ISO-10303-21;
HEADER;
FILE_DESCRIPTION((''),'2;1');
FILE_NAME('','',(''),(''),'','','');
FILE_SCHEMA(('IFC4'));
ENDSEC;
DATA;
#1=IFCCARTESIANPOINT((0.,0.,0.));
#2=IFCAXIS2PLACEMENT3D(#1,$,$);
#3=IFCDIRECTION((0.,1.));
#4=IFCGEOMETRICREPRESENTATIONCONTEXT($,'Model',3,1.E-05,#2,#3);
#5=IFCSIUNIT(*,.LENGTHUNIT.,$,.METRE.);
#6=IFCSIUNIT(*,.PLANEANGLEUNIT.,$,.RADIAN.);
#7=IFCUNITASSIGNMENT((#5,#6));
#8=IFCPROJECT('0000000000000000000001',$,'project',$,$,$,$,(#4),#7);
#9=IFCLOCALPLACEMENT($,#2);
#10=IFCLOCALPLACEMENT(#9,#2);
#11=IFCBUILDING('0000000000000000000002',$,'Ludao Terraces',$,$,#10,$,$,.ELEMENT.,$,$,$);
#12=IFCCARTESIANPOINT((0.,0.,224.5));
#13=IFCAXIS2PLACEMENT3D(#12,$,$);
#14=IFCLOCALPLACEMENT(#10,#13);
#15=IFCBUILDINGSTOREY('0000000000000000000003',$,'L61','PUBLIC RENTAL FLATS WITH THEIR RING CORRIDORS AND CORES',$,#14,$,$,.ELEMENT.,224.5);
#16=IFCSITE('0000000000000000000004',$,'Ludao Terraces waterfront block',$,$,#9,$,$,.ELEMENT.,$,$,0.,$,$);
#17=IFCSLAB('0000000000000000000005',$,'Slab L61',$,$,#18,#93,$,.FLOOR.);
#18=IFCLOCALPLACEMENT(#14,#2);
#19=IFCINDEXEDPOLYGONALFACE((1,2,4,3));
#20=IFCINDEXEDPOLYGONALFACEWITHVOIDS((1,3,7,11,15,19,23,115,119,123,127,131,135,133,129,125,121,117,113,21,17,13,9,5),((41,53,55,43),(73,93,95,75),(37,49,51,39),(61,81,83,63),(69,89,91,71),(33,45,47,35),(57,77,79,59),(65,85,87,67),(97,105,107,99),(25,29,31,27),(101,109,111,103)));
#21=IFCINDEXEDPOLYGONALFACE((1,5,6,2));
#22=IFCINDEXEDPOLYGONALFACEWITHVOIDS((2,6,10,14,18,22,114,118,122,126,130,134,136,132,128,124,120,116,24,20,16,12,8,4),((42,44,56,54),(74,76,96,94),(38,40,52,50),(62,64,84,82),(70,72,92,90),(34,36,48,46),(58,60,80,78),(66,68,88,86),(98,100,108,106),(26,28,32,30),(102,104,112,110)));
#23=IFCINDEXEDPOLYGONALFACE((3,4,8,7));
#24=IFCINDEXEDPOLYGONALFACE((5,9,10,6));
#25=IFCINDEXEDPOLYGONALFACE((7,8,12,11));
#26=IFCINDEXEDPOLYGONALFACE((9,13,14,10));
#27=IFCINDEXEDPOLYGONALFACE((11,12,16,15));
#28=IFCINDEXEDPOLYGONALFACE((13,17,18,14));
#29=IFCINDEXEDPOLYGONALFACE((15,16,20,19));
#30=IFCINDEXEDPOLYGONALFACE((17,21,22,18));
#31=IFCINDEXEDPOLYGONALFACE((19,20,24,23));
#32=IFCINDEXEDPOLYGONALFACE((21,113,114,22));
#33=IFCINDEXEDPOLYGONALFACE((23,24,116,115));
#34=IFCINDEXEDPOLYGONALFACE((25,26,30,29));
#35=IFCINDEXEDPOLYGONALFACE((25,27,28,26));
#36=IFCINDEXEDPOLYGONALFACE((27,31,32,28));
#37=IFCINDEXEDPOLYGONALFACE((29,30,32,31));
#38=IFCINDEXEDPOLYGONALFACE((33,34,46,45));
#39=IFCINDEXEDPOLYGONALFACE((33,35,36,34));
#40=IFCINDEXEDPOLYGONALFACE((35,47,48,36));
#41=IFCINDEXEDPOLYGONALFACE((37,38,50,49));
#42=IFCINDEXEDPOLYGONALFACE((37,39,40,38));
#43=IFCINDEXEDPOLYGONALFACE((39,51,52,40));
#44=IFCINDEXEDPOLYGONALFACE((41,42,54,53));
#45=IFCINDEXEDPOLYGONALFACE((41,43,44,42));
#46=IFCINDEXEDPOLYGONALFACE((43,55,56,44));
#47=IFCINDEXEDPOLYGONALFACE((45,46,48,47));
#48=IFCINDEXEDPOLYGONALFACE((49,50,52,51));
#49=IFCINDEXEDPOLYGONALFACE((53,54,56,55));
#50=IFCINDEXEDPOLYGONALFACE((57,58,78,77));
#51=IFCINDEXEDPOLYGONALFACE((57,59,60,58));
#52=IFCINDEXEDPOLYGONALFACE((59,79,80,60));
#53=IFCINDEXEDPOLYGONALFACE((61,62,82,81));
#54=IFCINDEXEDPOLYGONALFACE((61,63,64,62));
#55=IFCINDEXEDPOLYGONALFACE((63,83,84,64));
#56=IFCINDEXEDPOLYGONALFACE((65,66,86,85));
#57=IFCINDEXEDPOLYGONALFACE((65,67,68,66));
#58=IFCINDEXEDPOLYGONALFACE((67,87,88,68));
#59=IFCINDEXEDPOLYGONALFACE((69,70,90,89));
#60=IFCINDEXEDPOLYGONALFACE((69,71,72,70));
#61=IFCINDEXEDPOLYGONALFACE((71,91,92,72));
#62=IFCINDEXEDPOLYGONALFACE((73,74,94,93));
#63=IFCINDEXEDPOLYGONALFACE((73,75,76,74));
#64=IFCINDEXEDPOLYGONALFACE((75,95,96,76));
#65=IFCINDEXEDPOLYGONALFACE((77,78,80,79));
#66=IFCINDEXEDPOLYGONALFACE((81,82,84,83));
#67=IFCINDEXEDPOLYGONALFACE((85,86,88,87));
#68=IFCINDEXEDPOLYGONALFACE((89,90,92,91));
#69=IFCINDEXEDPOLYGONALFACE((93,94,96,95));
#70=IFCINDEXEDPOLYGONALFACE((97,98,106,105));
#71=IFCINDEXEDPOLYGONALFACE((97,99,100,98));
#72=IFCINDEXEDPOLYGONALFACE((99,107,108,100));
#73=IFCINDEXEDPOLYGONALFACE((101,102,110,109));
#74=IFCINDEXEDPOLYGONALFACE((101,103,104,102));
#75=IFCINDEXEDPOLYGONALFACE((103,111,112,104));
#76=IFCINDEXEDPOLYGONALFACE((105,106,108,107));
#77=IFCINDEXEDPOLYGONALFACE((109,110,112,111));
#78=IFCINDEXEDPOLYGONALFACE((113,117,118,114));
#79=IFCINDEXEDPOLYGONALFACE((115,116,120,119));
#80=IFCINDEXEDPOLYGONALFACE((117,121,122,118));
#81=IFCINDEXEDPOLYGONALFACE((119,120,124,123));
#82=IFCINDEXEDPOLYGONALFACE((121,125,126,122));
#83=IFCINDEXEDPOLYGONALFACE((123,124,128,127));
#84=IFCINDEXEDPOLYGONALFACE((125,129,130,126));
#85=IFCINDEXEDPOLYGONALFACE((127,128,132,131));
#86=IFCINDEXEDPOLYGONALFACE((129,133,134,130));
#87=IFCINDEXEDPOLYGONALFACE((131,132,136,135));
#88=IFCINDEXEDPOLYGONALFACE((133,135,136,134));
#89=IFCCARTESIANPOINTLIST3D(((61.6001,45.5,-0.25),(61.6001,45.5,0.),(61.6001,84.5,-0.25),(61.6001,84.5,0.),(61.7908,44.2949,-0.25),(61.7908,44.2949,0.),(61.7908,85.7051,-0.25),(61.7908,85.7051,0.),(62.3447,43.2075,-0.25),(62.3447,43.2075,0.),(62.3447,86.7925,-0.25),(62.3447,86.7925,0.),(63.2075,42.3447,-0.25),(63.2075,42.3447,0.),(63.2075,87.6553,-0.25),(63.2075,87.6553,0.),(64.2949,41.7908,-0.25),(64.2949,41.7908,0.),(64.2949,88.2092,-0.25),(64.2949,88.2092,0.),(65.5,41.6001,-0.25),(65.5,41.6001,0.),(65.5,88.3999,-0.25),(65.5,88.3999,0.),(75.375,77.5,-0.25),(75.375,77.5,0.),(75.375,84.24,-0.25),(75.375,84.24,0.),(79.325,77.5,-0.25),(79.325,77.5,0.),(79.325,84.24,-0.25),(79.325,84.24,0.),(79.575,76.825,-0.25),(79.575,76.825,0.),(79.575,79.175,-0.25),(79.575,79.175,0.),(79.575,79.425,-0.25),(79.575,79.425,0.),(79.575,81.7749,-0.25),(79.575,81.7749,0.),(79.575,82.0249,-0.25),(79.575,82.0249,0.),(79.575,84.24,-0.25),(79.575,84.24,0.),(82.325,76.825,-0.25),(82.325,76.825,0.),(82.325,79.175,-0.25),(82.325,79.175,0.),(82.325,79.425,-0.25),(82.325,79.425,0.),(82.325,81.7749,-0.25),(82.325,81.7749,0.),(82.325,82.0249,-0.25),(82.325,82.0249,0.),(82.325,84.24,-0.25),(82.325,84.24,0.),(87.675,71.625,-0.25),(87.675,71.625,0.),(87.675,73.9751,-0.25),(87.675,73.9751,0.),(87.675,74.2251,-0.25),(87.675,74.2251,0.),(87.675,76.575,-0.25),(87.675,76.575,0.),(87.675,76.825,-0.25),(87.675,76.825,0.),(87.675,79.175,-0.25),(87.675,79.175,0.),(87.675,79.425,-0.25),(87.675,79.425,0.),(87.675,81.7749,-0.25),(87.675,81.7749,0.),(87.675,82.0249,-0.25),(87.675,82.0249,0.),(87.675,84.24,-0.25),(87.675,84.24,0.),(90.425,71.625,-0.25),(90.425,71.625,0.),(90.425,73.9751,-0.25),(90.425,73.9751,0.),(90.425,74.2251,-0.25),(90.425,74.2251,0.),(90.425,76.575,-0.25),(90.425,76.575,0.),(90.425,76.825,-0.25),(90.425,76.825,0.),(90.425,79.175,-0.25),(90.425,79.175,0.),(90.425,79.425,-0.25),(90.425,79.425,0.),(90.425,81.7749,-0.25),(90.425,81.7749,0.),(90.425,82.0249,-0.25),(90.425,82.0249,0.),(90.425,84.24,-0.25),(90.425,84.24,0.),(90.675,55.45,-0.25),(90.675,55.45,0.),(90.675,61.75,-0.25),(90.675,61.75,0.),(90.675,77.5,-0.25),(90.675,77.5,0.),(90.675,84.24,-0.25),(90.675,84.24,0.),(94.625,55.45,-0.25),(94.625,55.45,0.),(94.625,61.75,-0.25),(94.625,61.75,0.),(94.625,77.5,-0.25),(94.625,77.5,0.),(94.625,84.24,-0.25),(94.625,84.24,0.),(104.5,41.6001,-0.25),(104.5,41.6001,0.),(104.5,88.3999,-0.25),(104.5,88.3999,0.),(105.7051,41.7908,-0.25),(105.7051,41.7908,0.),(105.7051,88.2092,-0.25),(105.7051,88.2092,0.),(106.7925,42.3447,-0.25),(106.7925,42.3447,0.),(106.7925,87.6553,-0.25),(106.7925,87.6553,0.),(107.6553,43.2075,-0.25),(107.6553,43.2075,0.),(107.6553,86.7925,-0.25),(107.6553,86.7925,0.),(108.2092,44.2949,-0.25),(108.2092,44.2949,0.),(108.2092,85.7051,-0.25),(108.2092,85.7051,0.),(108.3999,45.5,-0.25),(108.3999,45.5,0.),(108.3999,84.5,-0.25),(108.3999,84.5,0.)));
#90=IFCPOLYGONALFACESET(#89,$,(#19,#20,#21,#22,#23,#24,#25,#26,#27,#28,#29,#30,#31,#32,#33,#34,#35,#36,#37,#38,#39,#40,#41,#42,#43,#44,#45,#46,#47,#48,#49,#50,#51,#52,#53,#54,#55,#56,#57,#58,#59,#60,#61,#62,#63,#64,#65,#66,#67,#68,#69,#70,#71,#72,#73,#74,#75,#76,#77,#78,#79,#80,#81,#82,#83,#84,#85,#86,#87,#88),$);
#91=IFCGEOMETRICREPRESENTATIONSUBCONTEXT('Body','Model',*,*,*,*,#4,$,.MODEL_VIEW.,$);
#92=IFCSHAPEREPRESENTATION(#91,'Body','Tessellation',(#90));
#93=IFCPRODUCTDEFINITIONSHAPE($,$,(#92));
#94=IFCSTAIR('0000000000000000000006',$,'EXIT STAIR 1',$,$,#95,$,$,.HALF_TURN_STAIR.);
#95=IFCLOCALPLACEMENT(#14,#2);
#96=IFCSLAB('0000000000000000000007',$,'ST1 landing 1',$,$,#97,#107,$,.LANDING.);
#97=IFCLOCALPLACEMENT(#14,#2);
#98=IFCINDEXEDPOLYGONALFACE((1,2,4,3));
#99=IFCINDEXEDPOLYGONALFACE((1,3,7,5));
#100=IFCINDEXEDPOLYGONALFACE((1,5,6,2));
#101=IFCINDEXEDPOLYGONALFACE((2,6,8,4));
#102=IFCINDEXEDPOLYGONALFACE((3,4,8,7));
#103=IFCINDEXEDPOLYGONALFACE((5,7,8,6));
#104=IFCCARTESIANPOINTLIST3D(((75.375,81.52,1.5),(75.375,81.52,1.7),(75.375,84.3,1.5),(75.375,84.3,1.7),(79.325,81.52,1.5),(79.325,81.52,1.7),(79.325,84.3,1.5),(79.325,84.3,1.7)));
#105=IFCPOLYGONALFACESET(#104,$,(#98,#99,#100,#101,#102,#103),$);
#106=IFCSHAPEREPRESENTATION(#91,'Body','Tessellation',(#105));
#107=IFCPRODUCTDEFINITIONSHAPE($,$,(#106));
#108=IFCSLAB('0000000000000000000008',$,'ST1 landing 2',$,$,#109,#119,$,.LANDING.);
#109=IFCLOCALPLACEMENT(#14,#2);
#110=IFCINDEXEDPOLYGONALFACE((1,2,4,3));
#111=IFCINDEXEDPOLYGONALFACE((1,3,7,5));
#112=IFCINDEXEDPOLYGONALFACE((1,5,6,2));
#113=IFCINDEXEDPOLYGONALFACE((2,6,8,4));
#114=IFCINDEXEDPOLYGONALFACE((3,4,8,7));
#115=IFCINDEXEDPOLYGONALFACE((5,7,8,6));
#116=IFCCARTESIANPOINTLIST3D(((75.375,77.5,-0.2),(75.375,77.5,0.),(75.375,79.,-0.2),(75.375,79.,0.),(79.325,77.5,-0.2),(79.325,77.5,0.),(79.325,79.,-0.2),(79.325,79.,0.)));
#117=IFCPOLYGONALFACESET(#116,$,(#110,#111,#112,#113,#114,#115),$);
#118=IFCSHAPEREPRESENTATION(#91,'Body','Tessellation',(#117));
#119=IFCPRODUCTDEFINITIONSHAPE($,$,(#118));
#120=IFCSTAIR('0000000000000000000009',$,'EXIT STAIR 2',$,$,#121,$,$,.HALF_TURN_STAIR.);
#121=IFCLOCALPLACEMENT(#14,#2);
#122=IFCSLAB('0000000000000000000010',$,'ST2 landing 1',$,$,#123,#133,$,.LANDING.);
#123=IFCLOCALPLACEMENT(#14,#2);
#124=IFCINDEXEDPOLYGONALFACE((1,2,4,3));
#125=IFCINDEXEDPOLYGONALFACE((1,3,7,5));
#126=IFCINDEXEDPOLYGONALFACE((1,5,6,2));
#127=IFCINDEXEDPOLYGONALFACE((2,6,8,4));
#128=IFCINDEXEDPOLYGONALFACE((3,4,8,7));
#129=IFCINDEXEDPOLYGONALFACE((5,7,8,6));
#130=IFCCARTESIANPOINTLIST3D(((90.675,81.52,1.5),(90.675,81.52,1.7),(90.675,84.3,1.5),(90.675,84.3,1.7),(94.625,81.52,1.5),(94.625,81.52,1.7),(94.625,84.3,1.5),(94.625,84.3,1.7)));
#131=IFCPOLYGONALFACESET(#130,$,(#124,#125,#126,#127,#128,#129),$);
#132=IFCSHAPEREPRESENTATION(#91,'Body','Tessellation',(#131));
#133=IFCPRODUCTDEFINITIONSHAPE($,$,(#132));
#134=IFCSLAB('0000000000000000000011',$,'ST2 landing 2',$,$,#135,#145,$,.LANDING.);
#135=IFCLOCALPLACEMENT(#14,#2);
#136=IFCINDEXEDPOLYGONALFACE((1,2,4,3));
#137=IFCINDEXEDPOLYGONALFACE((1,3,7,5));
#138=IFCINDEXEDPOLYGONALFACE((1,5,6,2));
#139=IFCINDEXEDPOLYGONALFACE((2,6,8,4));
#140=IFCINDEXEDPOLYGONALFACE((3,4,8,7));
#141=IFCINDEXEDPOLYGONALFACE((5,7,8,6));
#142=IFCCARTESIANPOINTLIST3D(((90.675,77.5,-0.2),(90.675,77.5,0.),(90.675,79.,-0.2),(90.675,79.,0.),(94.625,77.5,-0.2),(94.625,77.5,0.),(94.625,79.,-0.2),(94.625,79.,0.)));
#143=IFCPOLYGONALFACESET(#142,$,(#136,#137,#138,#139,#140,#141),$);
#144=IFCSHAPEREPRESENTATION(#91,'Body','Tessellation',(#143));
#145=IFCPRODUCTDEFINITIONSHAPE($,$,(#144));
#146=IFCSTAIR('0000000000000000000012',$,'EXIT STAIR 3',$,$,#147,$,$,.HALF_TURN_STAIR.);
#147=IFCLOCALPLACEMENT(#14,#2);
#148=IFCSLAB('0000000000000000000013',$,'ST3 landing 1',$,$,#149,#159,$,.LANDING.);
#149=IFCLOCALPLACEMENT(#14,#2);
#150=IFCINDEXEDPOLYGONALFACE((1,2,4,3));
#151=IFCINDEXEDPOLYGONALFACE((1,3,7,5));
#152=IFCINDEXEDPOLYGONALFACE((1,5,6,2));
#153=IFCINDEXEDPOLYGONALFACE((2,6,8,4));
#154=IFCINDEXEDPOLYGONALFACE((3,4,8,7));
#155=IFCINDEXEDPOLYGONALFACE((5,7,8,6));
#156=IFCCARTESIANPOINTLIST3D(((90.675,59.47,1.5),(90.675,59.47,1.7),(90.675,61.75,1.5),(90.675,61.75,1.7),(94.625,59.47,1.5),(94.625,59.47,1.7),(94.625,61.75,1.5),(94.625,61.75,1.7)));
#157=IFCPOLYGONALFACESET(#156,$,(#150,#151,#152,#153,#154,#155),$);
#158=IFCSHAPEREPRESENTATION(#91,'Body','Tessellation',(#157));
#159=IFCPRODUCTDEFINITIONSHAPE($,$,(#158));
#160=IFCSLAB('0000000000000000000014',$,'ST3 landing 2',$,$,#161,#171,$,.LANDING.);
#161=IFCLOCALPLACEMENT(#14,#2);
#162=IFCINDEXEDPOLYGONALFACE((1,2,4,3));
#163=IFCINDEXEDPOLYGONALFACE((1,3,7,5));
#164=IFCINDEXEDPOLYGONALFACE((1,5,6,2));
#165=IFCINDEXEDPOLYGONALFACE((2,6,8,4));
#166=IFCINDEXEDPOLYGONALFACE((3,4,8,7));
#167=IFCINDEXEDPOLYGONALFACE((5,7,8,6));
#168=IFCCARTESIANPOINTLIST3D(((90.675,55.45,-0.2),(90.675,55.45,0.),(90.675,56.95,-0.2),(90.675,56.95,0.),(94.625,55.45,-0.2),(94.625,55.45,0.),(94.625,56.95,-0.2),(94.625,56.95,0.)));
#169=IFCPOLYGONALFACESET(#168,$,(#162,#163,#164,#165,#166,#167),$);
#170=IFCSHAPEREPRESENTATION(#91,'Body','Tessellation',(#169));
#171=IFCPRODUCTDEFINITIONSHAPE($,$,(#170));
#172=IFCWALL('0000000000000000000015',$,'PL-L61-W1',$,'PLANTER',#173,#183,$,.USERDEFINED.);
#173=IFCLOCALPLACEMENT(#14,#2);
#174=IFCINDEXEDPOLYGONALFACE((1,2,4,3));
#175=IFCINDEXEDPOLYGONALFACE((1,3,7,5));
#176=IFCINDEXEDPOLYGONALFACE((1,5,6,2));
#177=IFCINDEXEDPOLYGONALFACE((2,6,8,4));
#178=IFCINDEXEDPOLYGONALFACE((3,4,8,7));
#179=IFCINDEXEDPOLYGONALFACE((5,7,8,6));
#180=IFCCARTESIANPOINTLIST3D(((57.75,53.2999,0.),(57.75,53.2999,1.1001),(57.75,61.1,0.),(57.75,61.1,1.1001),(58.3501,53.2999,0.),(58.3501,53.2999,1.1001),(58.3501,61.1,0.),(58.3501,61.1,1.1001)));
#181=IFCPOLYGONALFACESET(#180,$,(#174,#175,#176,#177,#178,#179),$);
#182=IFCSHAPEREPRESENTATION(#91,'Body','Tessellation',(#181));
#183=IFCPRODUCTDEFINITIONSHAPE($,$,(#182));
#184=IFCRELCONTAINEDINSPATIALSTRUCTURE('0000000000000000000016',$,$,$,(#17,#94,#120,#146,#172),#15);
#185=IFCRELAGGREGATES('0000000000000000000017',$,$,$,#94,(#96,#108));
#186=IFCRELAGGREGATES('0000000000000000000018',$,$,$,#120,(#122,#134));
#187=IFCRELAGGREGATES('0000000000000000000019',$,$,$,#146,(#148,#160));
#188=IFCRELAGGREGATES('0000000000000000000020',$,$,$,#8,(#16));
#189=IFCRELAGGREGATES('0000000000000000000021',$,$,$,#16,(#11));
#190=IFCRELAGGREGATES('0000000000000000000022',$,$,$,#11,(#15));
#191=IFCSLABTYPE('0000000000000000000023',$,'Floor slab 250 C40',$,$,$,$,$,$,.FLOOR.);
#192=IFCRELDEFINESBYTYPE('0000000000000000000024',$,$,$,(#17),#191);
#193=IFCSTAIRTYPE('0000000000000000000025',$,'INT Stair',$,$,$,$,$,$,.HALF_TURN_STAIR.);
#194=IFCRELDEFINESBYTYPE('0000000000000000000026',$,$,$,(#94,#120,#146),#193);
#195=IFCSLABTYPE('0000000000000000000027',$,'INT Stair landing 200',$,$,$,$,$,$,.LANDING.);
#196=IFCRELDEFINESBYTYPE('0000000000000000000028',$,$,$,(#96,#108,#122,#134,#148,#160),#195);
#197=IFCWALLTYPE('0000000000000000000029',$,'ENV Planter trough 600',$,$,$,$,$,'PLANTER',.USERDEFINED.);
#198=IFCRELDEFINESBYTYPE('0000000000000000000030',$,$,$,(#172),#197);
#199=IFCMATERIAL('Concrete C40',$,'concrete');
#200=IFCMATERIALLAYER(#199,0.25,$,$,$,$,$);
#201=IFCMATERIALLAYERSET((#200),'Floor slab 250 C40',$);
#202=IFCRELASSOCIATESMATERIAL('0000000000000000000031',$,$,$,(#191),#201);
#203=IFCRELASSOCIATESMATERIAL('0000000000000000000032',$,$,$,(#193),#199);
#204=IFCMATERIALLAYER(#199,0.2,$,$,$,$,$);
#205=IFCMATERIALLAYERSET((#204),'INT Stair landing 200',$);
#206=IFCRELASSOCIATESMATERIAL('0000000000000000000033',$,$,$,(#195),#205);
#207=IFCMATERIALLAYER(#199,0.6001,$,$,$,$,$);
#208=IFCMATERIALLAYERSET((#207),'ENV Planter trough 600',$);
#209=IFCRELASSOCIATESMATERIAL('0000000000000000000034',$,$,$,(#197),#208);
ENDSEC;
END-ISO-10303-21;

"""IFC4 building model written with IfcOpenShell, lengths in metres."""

from ifc_helpers import new_model, si_unit, direction, frame, frame_2d, origin, place, context, subcontext, project, spatial, polyline, rectangle, outline, extrude, material, layer, layer_set, type_object, element, aggregate, save


model = new_model("IFC4")

# Units and contexts
model_context = context("Model", 3, precision=1e-05, world=origin(), true_north=direction((0.0, 1.0)))
body_context = subcontext(model_context, "Body", "Model", "MODEL_VIEW")
ifc_project = project(units=[si_unit("LENGTHUNIT", "METRE"), si_unit("PLANEANGLEUNIT", "RADIAN")], contexts=[model_context])

# Site, building, storey
site_placement = place(None, origin())
site = spatial("IfcSite", under=ifc_project, at=site_placement, Name="Ludao Terraces waterfront block", CompositionType="ELEMENT", RefElevation=0.0)
building_placement = place(site_placement, origin())
building = spatial("IfcBuilding", under=site, at=building_placement, Name="Ludao Terraces", CompositionType="ELEMENT")
storey_placement = place(building_placement, frame((0.0, 0.0, 224.5)))
storey = spatial("IfcBuildingStorey", under=building, at=storey_placement, Name="L61", Description="PUBLIC RENTAL FLATS WITH THEIR RING CORRIDORS AND CORES", CompositionType="ELEMENT", Elevation=224.5)

# Shared definitions
ifc_material_1 = material(Name="Concrete C40", Category="concrete")

# Slab
ifc_layer_1 = layer(ifc_material_1, 0.25)
ifc_layer_set_1 = layer_set([ifc_layer_1], Name="Floor slab 250 C40")
slab_type_1 = type_object("IfcSlabType", Name="Floor slab 250 C40", PredefinedType="FLOOR", material=ifc_layer_set_1)
slab_1_placement = place(storey_placement, frame((0.0, 0.0, -0.25)))
element("IfcSlab", 1, at=slab_1_placement, inside=storey, type_object=slab_type_1, Name="Slab L61", PredefinedType="FLOOR", context=body_context, shape_type="SweptSolid", body=[
    extrude(outline(polyline([(104.5, 41.6001), (105.7051, 41.7908), (106.7925, 42.3447), (107.6553, 43.2075), (108.2092, 44.2949), (108.3999, 45.5), (108.3999, 84.5), (108.2092, 85.7051), (107.6553, 86.7925), (106.7925, 87.6553), (105.7051, 88.2092), (104.5, 88.3999), (65.5, 88.3999), (64.2949, 88.2092), (63.2075, 87.6553), (62.3447, 86.7925), (61.7908, 85.7051), (61.6001, 84.5), (61.6001, 45.5), (61.7908, 44.2949), (62.3447, 43.2075), (63.2075, 42.3447), (64.2949, 41.7908), (65.5, 41.6001), (104.5, 41.6001)]), holes=[polyline([(79.575, 76.825), (82.325, 76.825), (82.325, 79.175), (79.575, 79.175), (79.575, 76.825)]), polyline([(79.575, 79.425), (82.325, 79.425), (82.325, 81.7749), (79.575, 81.7749), (79.575, 79.425)]), polyline([(79.575, 82.0249), (82.325, 82.0249), (82.325, 84.24), (79.575, 84.24), (79.575, 82.0249)]), polyline([(87.675, 71.625), (90.425, 71.625), (90.425, 73.9751), (87.675, 73.9751), (87.675, 71.625)]), polyline([(87.675, 74.2251), (90.425, 74.2251), (90.425, 76.575), (87.675, 76.575), (87.675, 74.2251)]), polyline([(87.675, 76.825), (90.425, 76.825), (90.425, 79.175), (87.675, 79.175), (87.675, 76.825)]), polyline([(87.675, 79.425), (90.425, 79.425), (90.425, 81.7749), (87.675, 81.7749), (87.675, 79.425)]), polyline([(87.675, 82.0249), (90.425, 82.0249), (90.425, 84.24), (87.675, 84.24), (87.675, 82.0249)]), polyline([(75.375, 77.5), (79.325, 77.5), (79.325, 84.24), (75.375, 84.24), (75.375, 77.5)]), polyline([(90.675, 77.5), (94.625, 77.5), (94.625, 84.24), (90.675, 84.24), (90.675, 77.5)]), polyline([(90.675, 55.45), (94.625, 55.45), (94.625, 61.75), (90.675, 61.75), (90.675, 55.45)])]), origin(), (0.0, 0.0, 1.0), 0.25),
])

# Stairs, slabs
stair_type = type_object("IfcStairType", Name="INT Stair", PredefinedType="HALF_TURN_STAIR", material=ifc_material_1)
stair_1_placement = place(storey_placement, origin())
stair_1 = element("IfcStair", 2, at=stair_1_placement, inside=storey, type_object=stair_type, Name="EXIT STAIR 1", PredefinedType="HALF_TURN_STAIR")
ifc_layer_2 = layer(ifc_material_1, 0.2)
ifc_layer_set_2 = layer_set([ifc_layer_2], Name="INT Stair landing 200")
slab_type_2 = type_object("IfcSlabType", Name="INT Stair landing 200", PredefinedType="LANDING", material=ifc_layer_set_2)
slab_2_placement = place(storey_placement, frame((0.0, 0.0, 1.5)))
slab_2 = element("IfcSlab", 3, at=slab_2_placement, type_object=slab_type_2, Name="ST1 landing 1", PredefinedType="LANDING", context=body_context, shape_type="SweptSolid", body=[
    extrude(outline(polyline([(75.375, 81.52), (79.325, 81.52), (79.325, 84.3), (75.375, 84.3), (75.375, 81.52)])), origin(), (0.0, 0.0, 1.0), 0.2),
])
slab_3_placement = place(storey_placement, frame((0.0, 0.0, -0.2)))
slab_3 = element("IfcSlab", 4, at=slab_3_placement, type_object=slab_type_2, Name="ST1 landing 2", PredefinedType="LANDING", context=body_context, shape_type="SweptSolid", body=[
    extrude(outline(polyline([(75.375, 77.5), (79.325, 77.5), (79.325, 79.0), (75.375, 79.0), (75.375, 77.5)])), origin(), (0.0, 0.0, 1.0), 0.2),
])
aggregate(stair_1, [slab_2, slab_3])
stair_2_placement = place(storey_placement, origin())
stair_2 = element("IfcStair", 5, at=stair_2_placement, inside=storey, type_object=stair_type, Name="EXIT STAIR 2", PredefinedType="HALF_TURN_STAIR")
slab_4_placement = place(storey_placement, frame((0.0, 0.0, 1.5)))
slab_4 = element("IfcSlab", 6, at=slab_4_placement, type_object=slab_type_2, Name="ST2 landing 1", PredefinedType="LANDING", context=body_context, shape_type="SweptSolid", body=[
    extrude(outline(polyline([(90.675, 81.52), (94.625, 81.52), (94.625, 84.3), (90.675, 84.3), (90.675, 81.52)])), origin(), (0.0, 0.0, 1.0), 0.2),
])
slab_5_placement = place(storey_placement, frame((0.0, 0.0, -0.2)))
slab_5 = element("IfcSlab", 7, at=slab_5_placement, type_object=slab_type_2, Name="ST2 landing 2", PredefinedType="LANDING", context=body_context, shape_type="SweptSolid", body=[
    extrude(outline(polyline([(90.675, 77.5), (94.625, 77.5), (94.625, 79.0), (90.675, 79.0), (90.675, 77.5)])), origin(), (0.0, 0.0, 1.0), 0.2),
])
aggregate(stair_2, [slab_4, slab_5])
stair_3_placement = place(storey_placement, origin())
stair_3 = element("IfcStair", 8, at=stair_3_placement, inside=storey, type_object=stair_type, Name="EXIT STAIR 3", PredefinedType="HALF_TURN_STAIR")
slab_6_placement = place(storey_placement, frame((0.0, 0.0, 1.5)))
slab_6 = element("IfcSlab", 9, at=slab_6_placement, type_object=slab_type_2, Name="ST3 landing 1", PredefinedType="LANDING", context=body_context, shape_type="SweptSolid", body=[
    extrude(outline(polyline([(90.675, 59.47), (94.625, 59.47), (94.625, 61.75), (90.675, 61.75), (90.675, 59.47)])), origin(), (0.0, 0.0, 1.0), 0.2),
])
slab_7_placement = place(storey_placement, frame((0.0, 0.0, -0.2)))
slab_7 = element("IfcSlab", 10, at=slab_7_placement, type_object=slab_type_2, Name="ST3 landing 2", PredefinedType="LANDING", context=body_context, shape_type="SweptSolid", body=[
    extrude(outline(polyline([(90.675, 55.45), (94.625, 55.45), (94.625, 56.95), (90.675, 56.95), (90.675, 55.45)])), origin(), (0.0, 0.0, 1.0), 0.2),
])
aggregate(stair_3, [slab_6, slab_7])

# Wall
ifc_layer_3 = layer(ifc_material_1, 0.6001)
ifc_layer_set_3 = layer_set([ifc_layer_3], Name="ENV Planter trough 600")
wall_type = type_object("IfcWallType", Name="ENV Planter trough 600", ElementType="PLANTER", PredefinedType="USERDEFINED", material=ifc_layer_set_3)
wall_1_placement = place(storey_placement, frame((58.05, 53.3, 0.0), z_axis=(0.0, 0.0, 1.0), x_axis=(0.0, 1.0, 0.0)))
element("IfcWall", 11, at=wall_1_placement, inside=storey, type_object=wall_type, Name="PL-L61-W1", ObjectType="PLANTER", PredefinedType="USERDEFINED", context=body_context, shape_type="SweptSolid", body=[
    extrude(rectangle(XDim=7.8, YDim=0.6001, at=frame_2d((3.8999, 0.0))), origin(), (0.0, 0.0, 1.0), 1.1001),
])

save(model, "model.ifc")
